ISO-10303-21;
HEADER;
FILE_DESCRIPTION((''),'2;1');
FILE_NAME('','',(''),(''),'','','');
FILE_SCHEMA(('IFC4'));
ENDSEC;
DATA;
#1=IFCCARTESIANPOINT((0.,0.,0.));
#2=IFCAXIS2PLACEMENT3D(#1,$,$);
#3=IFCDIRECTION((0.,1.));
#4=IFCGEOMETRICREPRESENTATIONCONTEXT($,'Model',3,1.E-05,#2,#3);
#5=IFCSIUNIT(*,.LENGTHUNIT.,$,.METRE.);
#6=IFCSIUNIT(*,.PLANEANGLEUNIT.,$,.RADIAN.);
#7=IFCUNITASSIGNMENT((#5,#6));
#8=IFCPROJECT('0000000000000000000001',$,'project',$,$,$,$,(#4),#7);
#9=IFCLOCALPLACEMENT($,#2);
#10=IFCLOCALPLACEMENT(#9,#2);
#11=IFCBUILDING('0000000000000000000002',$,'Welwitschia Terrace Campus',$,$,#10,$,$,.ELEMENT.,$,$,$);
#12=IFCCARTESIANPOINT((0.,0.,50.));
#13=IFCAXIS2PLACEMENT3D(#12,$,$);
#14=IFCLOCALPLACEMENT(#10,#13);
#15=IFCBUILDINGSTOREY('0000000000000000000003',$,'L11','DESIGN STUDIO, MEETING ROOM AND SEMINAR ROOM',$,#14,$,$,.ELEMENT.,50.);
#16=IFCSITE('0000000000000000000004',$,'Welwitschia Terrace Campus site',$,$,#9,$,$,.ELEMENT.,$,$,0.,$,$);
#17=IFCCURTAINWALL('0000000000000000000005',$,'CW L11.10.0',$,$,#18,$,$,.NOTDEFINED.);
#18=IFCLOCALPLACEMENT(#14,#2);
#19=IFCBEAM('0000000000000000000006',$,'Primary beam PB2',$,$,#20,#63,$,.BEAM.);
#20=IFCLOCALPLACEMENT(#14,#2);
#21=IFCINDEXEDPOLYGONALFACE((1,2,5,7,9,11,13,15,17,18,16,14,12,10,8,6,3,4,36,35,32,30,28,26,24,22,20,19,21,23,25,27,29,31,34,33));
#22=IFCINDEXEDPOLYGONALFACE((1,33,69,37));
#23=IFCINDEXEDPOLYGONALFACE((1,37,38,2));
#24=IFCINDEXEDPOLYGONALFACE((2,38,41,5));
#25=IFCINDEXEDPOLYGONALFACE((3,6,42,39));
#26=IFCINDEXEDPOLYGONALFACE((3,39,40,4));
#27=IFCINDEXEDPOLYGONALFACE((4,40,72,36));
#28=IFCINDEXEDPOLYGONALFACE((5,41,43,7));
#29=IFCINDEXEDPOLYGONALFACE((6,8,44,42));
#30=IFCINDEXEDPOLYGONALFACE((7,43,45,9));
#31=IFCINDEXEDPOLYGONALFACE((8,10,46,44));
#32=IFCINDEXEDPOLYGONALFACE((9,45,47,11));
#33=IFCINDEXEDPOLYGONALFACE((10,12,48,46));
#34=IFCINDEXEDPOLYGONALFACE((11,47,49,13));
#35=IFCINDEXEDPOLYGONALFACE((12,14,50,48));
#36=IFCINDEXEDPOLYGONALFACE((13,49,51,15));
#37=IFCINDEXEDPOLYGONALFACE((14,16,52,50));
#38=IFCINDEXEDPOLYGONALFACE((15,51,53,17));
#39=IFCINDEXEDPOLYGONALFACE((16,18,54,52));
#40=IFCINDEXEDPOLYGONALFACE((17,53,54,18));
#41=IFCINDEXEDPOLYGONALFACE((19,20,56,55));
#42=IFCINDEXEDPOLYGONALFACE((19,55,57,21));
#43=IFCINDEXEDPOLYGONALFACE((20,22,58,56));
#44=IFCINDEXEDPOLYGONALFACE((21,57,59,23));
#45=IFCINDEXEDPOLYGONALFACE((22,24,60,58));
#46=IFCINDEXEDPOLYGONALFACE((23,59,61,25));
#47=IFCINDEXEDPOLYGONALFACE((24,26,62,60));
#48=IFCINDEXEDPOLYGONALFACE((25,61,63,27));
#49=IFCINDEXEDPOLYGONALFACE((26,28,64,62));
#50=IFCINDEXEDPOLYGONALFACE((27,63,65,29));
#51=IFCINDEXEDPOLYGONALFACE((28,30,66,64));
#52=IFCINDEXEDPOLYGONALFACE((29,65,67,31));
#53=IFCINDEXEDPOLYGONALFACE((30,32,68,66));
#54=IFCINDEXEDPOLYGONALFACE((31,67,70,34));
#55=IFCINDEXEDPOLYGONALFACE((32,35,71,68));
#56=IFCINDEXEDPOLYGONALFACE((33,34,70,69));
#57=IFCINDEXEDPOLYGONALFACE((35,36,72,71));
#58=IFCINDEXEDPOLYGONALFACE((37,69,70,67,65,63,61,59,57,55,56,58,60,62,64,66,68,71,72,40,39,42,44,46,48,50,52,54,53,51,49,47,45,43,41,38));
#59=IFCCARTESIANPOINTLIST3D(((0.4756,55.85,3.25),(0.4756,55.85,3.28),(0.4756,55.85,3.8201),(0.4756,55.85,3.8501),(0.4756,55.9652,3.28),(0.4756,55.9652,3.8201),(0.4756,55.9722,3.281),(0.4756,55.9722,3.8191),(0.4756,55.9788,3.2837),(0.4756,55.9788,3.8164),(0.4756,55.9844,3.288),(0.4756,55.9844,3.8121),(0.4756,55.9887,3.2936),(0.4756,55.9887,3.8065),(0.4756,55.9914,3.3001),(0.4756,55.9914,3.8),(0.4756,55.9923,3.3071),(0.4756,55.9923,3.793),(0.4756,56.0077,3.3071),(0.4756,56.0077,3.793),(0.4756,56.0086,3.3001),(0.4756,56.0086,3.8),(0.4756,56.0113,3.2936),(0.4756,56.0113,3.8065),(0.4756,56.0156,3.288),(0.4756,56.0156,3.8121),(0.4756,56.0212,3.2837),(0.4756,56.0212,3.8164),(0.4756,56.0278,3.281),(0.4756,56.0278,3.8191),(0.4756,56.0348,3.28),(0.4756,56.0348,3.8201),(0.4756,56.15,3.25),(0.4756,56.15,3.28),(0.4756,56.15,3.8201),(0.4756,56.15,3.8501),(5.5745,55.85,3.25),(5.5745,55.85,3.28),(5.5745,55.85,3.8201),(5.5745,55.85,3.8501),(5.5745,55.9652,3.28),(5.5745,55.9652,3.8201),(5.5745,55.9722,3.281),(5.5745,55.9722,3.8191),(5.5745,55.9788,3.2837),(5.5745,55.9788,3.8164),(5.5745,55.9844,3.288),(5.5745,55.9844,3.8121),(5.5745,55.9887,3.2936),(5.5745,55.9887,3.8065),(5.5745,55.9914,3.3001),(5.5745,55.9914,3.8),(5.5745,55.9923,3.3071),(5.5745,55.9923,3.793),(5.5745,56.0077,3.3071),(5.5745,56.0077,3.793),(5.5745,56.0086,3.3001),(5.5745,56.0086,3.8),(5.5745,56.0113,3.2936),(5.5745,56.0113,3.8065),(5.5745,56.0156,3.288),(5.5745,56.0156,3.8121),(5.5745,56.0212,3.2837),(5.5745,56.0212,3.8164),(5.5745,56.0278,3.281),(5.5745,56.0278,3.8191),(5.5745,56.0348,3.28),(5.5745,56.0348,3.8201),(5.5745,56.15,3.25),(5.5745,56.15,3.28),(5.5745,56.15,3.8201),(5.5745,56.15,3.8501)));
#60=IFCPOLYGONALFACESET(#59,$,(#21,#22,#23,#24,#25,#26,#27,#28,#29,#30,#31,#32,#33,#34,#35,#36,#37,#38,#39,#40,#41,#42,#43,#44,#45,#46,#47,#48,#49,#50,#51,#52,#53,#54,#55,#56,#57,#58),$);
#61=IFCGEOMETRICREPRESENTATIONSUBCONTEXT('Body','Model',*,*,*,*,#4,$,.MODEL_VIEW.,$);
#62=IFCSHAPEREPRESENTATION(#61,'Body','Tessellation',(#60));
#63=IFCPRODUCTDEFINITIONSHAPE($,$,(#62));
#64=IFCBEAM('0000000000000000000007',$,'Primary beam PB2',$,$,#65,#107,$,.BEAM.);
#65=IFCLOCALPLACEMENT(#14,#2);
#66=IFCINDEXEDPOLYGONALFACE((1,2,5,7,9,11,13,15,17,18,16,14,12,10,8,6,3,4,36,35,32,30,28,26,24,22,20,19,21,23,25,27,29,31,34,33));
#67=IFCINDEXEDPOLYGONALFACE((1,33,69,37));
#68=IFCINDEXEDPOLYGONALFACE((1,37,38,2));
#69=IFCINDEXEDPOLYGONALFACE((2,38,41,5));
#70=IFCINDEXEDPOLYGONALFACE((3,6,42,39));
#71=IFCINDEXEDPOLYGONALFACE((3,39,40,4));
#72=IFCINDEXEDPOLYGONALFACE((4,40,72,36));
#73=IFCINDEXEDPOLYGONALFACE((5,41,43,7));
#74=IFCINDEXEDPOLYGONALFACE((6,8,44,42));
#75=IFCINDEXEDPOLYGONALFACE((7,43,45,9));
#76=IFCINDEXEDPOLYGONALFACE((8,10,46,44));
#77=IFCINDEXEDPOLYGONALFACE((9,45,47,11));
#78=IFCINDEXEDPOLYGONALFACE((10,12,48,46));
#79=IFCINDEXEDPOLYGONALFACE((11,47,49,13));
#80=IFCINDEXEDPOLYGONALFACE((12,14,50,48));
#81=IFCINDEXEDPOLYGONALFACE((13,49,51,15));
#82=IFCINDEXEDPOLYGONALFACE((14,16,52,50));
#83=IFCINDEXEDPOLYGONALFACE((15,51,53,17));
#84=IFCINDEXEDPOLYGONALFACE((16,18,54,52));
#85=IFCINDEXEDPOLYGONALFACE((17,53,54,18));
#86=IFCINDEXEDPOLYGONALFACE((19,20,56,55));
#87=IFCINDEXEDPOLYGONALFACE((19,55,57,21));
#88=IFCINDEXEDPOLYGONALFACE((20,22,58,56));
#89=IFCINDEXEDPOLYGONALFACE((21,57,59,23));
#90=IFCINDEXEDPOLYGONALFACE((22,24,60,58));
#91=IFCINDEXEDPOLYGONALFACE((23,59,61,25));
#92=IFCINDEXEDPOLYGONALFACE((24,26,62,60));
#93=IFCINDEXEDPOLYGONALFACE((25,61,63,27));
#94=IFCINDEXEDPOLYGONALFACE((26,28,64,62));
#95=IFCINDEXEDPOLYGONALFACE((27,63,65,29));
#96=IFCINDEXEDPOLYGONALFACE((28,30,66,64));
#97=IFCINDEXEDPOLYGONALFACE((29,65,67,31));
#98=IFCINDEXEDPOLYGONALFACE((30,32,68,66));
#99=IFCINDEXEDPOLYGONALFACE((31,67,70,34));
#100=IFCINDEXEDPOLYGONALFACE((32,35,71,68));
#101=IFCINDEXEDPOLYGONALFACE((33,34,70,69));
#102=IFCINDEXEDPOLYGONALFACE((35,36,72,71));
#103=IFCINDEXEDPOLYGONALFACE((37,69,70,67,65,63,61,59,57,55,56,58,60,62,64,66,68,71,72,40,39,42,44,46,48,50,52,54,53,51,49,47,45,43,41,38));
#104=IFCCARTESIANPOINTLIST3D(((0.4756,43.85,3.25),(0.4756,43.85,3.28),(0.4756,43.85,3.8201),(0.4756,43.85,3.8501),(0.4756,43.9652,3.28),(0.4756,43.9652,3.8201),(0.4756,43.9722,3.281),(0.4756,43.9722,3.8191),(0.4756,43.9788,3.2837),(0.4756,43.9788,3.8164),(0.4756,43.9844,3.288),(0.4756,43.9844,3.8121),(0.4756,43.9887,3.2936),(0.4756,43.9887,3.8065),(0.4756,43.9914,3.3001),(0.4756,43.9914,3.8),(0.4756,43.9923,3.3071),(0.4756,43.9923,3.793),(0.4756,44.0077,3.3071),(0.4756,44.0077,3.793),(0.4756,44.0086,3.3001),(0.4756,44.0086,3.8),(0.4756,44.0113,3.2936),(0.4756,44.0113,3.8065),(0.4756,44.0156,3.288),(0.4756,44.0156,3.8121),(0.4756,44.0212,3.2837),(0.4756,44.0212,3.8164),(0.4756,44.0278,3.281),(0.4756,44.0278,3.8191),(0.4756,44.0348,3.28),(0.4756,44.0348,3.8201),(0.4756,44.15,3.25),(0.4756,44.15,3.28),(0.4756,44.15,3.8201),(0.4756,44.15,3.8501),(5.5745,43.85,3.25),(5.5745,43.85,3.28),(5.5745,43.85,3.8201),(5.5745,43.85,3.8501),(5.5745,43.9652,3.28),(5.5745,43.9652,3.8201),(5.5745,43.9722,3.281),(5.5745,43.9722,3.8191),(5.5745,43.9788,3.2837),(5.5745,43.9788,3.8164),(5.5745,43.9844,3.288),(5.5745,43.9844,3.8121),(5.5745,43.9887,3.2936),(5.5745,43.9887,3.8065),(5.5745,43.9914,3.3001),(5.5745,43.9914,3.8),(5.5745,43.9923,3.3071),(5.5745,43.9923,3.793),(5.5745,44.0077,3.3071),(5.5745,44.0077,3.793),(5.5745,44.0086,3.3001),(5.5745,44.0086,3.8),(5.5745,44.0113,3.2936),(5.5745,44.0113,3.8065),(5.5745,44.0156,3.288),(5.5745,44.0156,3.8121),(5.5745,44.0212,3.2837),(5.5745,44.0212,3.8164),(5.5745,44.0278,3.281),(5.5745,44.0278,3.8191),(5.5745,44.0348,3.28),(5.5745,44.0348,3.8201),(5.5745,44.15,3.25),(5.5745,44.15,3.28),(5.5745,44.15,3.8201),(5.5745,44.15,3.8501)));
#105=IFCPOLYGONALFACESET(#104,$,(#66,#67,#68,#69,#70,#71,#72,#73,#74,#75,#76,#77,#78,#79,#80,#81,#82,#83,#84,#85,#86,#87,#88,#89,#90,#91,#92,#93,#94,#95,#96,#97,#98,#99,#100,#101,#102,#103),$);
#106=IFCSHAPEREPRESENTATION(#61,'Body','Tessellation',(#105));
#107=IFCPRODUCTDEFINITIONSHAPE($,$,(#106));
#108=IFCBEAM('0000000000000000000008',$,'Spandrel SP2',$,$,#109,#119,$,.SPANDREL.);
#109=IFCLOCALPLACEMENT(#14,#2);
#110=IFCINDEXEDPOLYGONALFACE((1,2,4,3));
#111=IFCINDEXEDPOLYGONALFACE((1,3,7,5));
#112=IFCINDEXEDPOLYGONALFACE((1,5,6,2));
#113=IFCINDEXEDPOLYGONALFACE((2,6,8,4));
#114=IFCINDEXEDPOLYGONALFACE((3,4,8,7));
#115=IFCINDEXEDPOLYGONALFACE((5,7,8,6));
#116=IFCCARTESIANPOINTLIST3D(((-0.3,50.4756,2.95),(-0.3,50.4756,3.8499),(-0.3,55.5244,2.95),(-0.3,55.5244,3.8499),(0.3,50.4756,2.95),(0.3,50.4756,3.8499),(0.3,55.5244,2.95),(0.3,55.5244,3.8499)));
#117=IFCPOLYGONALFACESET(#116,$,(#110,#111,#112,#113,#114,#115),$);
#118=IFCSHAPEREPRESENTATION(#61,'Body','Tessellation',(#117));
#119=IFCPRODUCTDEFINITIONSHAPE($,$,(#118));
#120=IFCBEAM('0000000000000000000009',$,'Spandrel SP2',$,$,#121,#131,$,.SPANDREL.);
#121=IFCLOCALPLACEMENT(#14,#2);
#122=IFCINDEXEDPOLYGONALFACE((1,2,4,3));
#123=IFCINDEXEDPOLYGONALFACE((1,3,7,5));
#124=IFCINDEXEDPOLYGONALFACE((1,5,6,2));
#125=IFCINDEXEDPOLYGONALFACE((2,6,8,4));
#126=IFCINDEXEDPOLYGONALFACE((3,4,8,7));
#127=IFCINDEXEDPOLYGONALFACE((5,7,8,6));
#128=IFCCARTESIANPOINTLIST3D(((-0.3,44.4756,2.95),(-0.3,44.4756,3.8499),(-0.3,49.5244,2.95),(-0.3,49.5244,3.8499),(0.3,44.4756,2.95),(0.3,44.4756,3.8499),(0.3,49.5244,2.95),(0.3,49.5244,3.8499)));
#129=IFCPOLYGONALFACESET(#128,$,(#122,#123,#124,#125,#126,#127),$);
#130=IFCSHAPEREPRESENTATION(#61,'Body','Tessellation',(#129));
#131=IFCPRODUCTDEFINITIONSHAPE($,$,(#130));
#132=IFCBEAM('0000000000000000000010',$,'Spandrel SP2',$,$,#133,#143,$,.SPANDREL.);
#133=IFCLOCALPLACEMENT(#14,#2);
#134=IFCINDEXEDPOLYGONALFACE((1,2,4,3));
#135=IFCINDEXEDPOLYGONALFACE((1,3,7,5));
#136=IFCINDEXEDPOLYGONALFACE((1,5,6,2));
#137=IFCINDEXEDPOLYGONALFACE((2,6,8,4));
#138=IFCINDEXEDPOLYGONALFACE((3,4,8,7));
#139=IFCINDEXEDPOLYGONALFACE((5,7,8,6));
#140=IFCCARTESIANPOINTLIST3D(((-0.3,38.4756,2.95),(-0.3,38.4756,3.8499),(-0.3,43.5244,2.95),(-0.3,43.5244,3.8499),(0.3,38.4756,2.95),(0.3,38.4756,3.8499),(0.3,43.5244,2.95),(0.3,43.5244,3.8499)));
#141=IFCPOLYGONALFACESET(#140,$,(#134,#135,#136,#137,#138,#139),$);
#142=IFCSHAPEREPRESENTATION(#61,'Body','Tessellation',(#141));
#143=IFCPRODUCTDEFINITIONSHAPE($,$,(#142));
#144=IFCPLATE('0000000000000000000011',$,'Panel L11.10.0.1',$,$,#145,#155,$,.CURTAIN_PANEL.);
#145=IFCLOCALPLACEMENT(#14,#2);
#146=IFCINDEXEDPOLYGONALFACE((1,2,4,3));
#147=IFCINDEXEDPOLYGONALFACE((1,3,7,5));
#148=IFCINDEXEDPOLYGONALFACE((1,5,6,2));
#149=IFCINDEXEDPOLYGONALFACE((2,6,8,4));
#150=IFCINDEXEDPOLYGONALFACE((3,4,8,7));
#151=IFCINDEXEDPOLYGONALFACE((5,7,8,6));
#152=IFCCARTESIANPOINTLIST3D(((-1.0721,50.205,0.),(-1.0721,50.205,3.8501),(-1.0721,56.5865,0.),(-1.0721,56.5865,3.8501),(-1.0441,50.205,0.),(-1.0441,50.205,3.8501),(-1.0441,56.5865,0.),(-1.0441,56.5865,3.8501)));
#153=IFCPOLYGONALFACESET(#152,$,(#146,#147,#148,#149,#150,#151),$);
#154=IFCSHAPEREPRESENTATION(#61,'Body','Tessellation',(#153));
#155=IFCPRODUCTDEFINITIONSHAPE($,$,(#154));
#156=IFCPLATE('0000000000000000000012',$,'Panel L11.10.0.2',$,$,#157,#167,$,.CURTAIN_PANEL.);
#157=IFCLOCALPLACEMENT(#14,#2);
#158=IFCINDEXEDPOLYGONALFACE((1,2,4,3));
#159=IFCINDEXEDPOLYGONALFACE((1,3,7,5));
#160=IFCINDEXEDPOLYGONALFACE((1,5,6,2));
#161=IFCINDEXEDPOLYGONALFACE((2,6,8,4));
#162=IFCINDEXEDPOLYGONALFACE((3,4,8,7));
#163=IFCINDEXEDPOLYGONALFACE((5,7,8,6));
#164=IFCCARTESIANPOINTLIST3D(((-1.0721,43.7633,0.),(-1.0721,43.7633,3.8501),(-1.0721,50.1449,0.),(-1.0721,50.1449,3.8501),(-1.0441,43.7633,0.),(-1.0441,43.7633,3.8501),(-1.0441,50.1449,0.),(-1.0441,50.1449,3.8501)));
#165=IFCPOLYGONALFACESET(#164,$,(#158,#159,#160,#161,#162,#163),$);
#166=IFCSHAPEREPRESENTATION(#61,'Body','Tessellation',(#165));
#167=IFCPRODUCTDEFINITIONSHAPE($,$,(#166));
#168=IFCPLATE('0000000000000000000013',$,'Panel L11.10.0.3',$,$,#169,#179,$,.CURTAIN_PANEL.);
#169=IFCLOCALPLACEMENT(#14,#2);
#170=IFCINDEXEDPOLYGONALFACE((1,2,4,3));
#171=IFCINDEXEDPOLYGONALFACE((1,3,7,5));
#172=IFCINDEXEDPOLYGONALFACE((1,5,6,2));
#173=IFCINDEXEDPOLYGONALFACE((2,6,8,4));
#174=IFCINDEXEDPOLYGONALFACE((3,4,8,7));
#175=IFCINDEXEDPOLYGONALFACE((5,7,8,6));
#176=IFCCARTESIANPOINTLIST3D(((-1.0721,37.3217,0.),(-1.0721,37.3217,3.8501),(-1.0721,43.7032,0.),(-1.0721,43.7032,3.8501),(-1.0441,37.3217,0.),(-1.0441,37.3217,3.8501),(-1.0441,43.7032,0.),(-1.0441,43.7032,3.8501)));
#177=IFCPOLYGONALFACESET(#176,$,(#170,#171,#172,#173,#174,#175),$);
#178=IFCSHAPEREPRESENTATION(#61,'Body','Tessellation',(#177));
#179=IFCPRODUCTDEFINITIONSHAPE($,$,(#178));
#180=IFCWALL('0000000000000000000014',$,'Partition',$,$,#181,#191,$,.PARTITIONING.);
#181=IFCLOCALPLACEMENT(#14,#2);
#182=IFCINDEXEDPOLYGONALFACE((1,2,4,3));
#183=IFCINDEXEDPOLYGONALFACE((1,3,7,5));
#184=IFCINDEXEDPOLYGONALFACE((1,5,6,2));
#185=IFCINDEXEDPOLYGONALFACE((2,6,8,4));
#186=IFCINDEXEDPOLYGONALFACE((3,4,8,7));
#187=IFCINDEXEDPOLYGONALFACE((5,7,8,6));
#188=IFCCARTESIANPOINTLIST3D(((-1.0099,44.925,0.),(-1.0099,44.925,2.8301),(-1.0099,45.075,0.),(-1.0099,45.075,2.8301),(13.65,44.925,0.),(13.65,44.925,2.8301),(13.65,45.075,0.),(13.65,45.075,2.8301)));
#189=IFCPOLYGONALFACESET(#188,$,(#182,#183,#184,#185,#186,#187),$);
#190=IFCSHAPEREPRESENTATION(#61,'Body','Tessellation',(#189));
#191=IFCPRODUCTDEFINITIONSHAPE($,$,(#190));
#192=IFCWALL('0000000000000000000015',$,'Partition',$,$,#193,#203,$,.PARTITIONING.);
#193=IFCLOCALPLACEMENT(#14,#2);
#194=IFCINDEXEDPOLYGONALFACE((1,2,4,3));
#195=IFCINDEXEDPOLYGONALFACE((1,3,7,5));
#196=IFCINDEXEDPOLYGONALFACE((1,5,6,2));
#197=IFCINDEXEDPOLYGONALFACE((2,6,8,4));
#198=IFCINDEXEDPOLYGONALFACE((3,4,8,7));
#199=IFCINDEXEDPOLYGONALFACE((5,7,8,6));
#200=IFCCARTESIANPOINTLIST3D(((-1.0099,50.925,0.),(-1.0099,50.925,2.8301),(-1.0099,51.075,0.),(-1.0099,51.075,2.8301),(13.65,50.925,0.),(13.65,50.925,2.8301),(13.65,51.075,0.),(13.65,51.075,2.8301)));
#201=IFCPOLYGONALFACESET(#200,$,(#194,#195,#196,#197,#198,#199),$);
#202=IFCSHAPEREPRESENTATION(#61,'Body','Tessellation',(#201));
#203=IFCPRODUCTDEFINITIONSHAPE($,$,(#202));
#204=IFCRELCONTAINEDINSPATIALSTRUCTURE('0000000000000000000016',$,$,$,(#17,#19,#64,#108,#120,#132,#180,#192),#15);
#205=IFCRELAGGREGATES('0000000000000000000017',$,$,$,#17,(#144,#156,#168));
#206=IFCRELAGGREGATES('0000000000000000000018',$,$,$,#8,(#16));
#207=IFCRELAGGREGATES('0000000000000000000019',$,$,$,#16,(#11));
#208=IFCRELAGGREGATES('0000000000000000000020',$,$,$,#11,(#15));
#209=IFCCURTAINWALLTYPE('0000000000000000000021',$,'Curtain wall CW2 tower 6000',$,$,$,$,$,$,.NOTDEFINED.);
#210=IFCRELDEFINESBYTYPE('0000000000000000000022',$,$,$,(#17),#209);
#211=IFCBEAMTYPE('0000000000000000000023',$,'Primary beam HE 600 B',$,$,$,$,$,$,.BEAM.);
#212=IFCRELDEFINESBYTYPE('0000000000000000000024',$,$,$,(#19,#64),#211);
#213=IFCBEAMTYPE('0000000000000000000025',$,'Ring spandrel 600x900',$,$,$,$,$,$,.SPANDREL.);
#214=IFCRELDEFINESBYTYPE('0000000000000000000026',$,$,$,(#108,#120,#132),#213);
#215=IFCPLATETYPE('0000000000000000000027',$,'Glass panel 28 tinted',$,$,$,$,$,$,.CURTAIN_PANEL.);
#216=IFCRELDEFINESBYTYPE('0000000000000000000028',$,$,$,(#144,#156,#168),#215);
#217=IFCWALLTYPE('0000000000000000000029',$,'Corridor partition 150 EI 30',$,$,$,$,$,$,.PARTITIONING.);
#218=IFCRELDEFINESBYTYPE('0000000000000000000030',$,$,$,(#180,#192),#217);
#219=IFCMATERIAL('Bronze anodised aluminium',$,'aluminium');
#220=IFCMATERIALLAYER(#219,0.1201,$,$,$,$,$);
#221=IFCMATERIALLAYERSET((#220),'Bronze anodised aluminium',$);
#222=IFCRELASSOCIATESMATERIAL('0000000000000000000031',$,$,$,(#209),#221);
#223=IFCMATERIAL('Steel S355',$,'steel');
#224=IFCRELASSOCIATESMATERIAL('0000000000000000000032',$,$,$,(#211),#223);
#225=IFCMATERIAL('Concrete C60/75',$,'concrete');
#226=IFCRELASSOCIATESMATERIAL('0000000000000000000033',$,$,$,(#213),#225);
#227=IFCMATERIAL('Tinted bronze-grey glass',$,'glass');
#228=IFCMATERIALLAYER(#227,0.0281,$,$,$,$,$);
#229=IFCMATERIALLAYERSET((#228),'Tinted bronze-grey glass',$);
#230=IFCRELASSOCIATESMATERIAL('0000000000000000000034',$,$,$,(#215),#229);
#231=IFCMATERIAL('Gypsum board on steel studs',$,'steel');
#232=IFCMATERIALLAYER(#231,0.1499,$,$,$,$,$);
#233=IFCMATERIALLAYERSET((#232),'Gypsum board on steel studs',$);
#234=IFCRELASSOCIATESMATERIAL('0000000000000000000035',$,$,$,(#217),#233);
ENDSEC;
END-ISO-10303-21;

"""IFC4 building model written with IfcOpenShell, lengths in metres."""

from ifc_helpers import new_model, si_unit, direction, frame, frame_2d, origin, origin_2d, place, context, subcontext, project, spatial, rectangle, i_section, extrude, material, layer, layer_set, material_profile, profile_set, type_object, element, aggregate, save


model = new_model("IFC4")

# Units and contexts
model_context = context("Model", 3, precision=1e-05, world=origin(), true_north=direction((0.0, 1.0)))
body_context = subcontext(model_context, "Body", "Model", "MODEL_VIEW")
ifc_project = project(units=[si_unit("LENGTHUNIT", "METRE"), si_unit("PLANEANGLEUNIT", "RADIAN")], contexts=[model_context])

# Site, building, storey
site_placement = place(None, origin())
site = spatial("IfcSite", under=ifc_project, at=site_placement, Name="Welwitschia Terrace Campus site", CompositionType="ELEMENT", RefElevation=0.0)
building_placement = place(site_placement, origin())
building = spatial("IfcBuilding", under=site, at=building_placement, Name="Welwitschia Terrace Campus", CompositionType="ELEMENT")
storey_placement = place(building_placement, frame((0.0, 0.0, 50.0)))
storey = spatial("IfcBuildingStorey", under=building, at=storey_placement, Name="L11", Description="DESIGN STUDIO, MEETING ROOM AND SEMINAR ROOM", CompositionType="ELEMENT", Elevation=50.0)

# Curtain wall
ifc_material_1 = material(Name="Bronze anodised aluminium", Category="aluminium")
ifc_layer_1 = layer(ifc_material_1, 0.1201)
ifc_layer_set_1 = layer_set([ifc_layer_1], Name="Bronze anodised aluminium")
curtain_wall_type = type_object("IfcCurtainWallType", Name="Curtain wall CW2 tower 6000", PredefinedType="NOTDEFINED", material=ifc_layer_set_1)
curtain_wall_placement = place(storey_placement, origin())
curtain_wall = element("IfcCurtainWall", 1, at=curtain_wall_placement, inside=storey, type_object=curtain_wall_type, Name="CW L11.10.0", PredefinedType="NOTDEFINED")

# Beams
ifc_material_2 = material(Name="Steel S355", Category="steel")
ifc_material_profile_1 = material_profile(ifc_material_2, i_section(OverallWidth=0.3, OverallDepth=0.6001, WebThickness=0.0154, FlangeThickness=0.03, FilletRadius=0.0271, at=origin_2d()))
ifc_profile_set_1 = profile_set([ifc_material_profile_1], Name="Steel S355")
beam_type_1 = type_object("IfcBeamType", Name="Primary beam HE 600 B", PredefinedType="BEAM", material=ifc_profile_set_1)
for number, where, z_axis, x_axis, name in (
    (2, (0.4756, 56.0, 3.55), (1.0, 0.0, 0.0), (0.0, 1.0, 0.0), "Primary beam PB2"),
    (3, (0.4756, 44.0, 3.55), (1.0, 0.0, 0.0), (0.0, 1.0, 0.0), "Primary beam PB2"),
):
    element("IfcBeam", number, at=place(storey_placement, frame(where, z_axis=z_axis, x_axis=x_axis)), inside=storey, type_object=beam_type_1, Name=name, PredefinedType="BEAM", context=body_context, shape_type="SweptSolid", body=[
        extrude(i_section(OverallWidth=0.3, OverallDepth=0.6001, WebThickness=0.0154, FlangeThickness=0.03, FilletRadius=0.0271, at=origin_2d()), origin(), (0.0, 0.0, 1.0), 5.0989),
    ])
ifc_material_3 = material(Name="Concrete C60/75", Category="concrete")
ifc_material_profile_2 = material_profile(ifc_material_3, rectangle(XDim=0.6001, YDim=0.8999, at=origin_2d()))
ifc_profile_set_2 = profile_set([ifc_material_profile_2], Name="Concrete C60/75")
beam_type_2 = type_object("IfcBeamType", Name="Ring spandrel 600x900", PredefinedType="SPANDREL", material=ifc_profile_set_2)
for number, where, z_axis, x_axis, name in (
    (4, (0.0, 55.5244, 3.3999), (0.0, -1.0, 0.0), (1.0, 0.0, 0.0), "Spandrel SP2"),
    (5, (0.0, 49.5244, 3.3999), (0.0, -1.0, 0.0), (1.0, 0.0, 0.0), "Spandrel SP2"),
    (6, (0.0, 43.5244, 3.3999), (0.0, -1.0, 0.0), (1.0, 0.0, 0.0), "Spandrel SP2"),
):
    element("IfcBeam", number, at=place(storey_placement, frame(where, z_axis=z_axis, x_axis=x_axis)), inside=storey, type_object=beam_type_2, Name=name, PredefinedType="SPANDREL", context=body_context, shape_type="SweptSolid", body=[
        extrude(rectangle(XDim=0.6001, YDim=0.8999, at=origin_2d()), origin(), (0.0, 0.0, 1.0), 5.0488),
    ])

# Plates
ifc_material_4 = material(Name="Tinted bronze-grey glass", Category="glass")
ifc_layer_2 = layer(ifc_material_4, 0.0281)
ifc_layer_set_2 = layer_set([ifc_layer_2], Name="Tinted bronze-grey glass")
plate_type = type_object("IfcPlateType", Name="Glass panel 28 tinted", PredefinedType="CURTAIN_PANEL", material=ifc_layer_set_2)
plate_1_placement = place(storey_placement, frame((-1.0581, 53.3958, 0.0), z_axis=(0.0, 0.0, 1.0), x_axis=(0.0, -1.0, 0.0)))
plate_1 = element("IfcPlate", 7, at=plate_1_placement, type_object=plate_type, Name="Panel L11.10.0.1", PredefinedType="CURTAIN_PANEL", context=body_context, shape_type="SweptSolid", body=[
    extrude(rectangle(XDim=6.3816, YDim=0.0281, at=origin_2d()), origin(), (0.0, 0.0, 1.0), 3.8501),
])
plate_2_placement = place(storey_placement, frame((-1.0581, 46.9541, 0.0), z_axis=(0.0, 0.0, 1.0), x_axis=(0.0, -1.0, 0.0)))
plate_2 = element("IfcPlate", 8, at=plate_2_placement, type_object=plate_type, Name="Panel L11.10.0.2", PredefinedType="CURTAIN_PANEL", context=body_context, shape_type="SweptSolid", body=[
    extrude(rectangle(XDim=6.3816, YDim=0.0281, at=origin_2d()), origin(), (0.0, 0.0, 1.0), 3.8501),
])
plate_3_placement = place(storey_placement, frame((-1.0581, 40.5125, 0.0), z_axis=(0.0, 0.0, 1.0), x_axis=(0.0, -1.0, 0.0)))
plate_3 = element("IfcPlate", 9, at=plate_3_placement, type_object=plate_type, Name="Panel L11.10.0.3", PredefinedType="CURTAIN_PANEL", context=body_context, shape_type="SweptSolid", body=[
    extrude(rectangle(XDim=6.3816, YDim=0.0281, at=origin_2d()), origin(), (0.0, 0.0, 1.0), 3.8501),
])
aggregate(curtain_wall, [plate_1, plate_2, plate_3])

# Walls
ifc_material_5 = material(Name="Gypsum board on steel studs", Category="steel")
ifc_layer_3 = layer(ifc_material_5, 0.1499)
ifc_layer_set_3 = layer_set([ifc_layer_3], Name="Gypsum board on steel studs")
wall_type = type_object("IfcWallType", Name="Corridor partition 150 EI 30", PredefinedType="PARTITIONING", material=ifc_layer_set_3)
for number, where, z_axis, x_axis, name in (
    (10, (-1.01, 45.0, 0.0), (0.0, 0.0, 1.0), (1.0, 0.0, 0.0), "Partition"),
    (11, (-1.01, 51.0, 0.0), (0.0, 0.0, 1.0), (1.0, 0.0, 0.0), "Partition"),
):
    element("IfcWall", number, at=place(storey_placement, frame(where, z_axis=z_axis, x_axis=x_axis)), inside=storey, type_object=wall_type, Name=name, PredefinedType="PARTITIONING", context=body_context, shape_type="SweptSolid", body=[
        extrude(rectangle(XDim=14.6599, YDim=0.1499, at=frame_2d((7.3301, 0.0))), origin(), (0.0, 0.0, 1.0), 2.8301),
    ])

save(model, "model.ifc")
